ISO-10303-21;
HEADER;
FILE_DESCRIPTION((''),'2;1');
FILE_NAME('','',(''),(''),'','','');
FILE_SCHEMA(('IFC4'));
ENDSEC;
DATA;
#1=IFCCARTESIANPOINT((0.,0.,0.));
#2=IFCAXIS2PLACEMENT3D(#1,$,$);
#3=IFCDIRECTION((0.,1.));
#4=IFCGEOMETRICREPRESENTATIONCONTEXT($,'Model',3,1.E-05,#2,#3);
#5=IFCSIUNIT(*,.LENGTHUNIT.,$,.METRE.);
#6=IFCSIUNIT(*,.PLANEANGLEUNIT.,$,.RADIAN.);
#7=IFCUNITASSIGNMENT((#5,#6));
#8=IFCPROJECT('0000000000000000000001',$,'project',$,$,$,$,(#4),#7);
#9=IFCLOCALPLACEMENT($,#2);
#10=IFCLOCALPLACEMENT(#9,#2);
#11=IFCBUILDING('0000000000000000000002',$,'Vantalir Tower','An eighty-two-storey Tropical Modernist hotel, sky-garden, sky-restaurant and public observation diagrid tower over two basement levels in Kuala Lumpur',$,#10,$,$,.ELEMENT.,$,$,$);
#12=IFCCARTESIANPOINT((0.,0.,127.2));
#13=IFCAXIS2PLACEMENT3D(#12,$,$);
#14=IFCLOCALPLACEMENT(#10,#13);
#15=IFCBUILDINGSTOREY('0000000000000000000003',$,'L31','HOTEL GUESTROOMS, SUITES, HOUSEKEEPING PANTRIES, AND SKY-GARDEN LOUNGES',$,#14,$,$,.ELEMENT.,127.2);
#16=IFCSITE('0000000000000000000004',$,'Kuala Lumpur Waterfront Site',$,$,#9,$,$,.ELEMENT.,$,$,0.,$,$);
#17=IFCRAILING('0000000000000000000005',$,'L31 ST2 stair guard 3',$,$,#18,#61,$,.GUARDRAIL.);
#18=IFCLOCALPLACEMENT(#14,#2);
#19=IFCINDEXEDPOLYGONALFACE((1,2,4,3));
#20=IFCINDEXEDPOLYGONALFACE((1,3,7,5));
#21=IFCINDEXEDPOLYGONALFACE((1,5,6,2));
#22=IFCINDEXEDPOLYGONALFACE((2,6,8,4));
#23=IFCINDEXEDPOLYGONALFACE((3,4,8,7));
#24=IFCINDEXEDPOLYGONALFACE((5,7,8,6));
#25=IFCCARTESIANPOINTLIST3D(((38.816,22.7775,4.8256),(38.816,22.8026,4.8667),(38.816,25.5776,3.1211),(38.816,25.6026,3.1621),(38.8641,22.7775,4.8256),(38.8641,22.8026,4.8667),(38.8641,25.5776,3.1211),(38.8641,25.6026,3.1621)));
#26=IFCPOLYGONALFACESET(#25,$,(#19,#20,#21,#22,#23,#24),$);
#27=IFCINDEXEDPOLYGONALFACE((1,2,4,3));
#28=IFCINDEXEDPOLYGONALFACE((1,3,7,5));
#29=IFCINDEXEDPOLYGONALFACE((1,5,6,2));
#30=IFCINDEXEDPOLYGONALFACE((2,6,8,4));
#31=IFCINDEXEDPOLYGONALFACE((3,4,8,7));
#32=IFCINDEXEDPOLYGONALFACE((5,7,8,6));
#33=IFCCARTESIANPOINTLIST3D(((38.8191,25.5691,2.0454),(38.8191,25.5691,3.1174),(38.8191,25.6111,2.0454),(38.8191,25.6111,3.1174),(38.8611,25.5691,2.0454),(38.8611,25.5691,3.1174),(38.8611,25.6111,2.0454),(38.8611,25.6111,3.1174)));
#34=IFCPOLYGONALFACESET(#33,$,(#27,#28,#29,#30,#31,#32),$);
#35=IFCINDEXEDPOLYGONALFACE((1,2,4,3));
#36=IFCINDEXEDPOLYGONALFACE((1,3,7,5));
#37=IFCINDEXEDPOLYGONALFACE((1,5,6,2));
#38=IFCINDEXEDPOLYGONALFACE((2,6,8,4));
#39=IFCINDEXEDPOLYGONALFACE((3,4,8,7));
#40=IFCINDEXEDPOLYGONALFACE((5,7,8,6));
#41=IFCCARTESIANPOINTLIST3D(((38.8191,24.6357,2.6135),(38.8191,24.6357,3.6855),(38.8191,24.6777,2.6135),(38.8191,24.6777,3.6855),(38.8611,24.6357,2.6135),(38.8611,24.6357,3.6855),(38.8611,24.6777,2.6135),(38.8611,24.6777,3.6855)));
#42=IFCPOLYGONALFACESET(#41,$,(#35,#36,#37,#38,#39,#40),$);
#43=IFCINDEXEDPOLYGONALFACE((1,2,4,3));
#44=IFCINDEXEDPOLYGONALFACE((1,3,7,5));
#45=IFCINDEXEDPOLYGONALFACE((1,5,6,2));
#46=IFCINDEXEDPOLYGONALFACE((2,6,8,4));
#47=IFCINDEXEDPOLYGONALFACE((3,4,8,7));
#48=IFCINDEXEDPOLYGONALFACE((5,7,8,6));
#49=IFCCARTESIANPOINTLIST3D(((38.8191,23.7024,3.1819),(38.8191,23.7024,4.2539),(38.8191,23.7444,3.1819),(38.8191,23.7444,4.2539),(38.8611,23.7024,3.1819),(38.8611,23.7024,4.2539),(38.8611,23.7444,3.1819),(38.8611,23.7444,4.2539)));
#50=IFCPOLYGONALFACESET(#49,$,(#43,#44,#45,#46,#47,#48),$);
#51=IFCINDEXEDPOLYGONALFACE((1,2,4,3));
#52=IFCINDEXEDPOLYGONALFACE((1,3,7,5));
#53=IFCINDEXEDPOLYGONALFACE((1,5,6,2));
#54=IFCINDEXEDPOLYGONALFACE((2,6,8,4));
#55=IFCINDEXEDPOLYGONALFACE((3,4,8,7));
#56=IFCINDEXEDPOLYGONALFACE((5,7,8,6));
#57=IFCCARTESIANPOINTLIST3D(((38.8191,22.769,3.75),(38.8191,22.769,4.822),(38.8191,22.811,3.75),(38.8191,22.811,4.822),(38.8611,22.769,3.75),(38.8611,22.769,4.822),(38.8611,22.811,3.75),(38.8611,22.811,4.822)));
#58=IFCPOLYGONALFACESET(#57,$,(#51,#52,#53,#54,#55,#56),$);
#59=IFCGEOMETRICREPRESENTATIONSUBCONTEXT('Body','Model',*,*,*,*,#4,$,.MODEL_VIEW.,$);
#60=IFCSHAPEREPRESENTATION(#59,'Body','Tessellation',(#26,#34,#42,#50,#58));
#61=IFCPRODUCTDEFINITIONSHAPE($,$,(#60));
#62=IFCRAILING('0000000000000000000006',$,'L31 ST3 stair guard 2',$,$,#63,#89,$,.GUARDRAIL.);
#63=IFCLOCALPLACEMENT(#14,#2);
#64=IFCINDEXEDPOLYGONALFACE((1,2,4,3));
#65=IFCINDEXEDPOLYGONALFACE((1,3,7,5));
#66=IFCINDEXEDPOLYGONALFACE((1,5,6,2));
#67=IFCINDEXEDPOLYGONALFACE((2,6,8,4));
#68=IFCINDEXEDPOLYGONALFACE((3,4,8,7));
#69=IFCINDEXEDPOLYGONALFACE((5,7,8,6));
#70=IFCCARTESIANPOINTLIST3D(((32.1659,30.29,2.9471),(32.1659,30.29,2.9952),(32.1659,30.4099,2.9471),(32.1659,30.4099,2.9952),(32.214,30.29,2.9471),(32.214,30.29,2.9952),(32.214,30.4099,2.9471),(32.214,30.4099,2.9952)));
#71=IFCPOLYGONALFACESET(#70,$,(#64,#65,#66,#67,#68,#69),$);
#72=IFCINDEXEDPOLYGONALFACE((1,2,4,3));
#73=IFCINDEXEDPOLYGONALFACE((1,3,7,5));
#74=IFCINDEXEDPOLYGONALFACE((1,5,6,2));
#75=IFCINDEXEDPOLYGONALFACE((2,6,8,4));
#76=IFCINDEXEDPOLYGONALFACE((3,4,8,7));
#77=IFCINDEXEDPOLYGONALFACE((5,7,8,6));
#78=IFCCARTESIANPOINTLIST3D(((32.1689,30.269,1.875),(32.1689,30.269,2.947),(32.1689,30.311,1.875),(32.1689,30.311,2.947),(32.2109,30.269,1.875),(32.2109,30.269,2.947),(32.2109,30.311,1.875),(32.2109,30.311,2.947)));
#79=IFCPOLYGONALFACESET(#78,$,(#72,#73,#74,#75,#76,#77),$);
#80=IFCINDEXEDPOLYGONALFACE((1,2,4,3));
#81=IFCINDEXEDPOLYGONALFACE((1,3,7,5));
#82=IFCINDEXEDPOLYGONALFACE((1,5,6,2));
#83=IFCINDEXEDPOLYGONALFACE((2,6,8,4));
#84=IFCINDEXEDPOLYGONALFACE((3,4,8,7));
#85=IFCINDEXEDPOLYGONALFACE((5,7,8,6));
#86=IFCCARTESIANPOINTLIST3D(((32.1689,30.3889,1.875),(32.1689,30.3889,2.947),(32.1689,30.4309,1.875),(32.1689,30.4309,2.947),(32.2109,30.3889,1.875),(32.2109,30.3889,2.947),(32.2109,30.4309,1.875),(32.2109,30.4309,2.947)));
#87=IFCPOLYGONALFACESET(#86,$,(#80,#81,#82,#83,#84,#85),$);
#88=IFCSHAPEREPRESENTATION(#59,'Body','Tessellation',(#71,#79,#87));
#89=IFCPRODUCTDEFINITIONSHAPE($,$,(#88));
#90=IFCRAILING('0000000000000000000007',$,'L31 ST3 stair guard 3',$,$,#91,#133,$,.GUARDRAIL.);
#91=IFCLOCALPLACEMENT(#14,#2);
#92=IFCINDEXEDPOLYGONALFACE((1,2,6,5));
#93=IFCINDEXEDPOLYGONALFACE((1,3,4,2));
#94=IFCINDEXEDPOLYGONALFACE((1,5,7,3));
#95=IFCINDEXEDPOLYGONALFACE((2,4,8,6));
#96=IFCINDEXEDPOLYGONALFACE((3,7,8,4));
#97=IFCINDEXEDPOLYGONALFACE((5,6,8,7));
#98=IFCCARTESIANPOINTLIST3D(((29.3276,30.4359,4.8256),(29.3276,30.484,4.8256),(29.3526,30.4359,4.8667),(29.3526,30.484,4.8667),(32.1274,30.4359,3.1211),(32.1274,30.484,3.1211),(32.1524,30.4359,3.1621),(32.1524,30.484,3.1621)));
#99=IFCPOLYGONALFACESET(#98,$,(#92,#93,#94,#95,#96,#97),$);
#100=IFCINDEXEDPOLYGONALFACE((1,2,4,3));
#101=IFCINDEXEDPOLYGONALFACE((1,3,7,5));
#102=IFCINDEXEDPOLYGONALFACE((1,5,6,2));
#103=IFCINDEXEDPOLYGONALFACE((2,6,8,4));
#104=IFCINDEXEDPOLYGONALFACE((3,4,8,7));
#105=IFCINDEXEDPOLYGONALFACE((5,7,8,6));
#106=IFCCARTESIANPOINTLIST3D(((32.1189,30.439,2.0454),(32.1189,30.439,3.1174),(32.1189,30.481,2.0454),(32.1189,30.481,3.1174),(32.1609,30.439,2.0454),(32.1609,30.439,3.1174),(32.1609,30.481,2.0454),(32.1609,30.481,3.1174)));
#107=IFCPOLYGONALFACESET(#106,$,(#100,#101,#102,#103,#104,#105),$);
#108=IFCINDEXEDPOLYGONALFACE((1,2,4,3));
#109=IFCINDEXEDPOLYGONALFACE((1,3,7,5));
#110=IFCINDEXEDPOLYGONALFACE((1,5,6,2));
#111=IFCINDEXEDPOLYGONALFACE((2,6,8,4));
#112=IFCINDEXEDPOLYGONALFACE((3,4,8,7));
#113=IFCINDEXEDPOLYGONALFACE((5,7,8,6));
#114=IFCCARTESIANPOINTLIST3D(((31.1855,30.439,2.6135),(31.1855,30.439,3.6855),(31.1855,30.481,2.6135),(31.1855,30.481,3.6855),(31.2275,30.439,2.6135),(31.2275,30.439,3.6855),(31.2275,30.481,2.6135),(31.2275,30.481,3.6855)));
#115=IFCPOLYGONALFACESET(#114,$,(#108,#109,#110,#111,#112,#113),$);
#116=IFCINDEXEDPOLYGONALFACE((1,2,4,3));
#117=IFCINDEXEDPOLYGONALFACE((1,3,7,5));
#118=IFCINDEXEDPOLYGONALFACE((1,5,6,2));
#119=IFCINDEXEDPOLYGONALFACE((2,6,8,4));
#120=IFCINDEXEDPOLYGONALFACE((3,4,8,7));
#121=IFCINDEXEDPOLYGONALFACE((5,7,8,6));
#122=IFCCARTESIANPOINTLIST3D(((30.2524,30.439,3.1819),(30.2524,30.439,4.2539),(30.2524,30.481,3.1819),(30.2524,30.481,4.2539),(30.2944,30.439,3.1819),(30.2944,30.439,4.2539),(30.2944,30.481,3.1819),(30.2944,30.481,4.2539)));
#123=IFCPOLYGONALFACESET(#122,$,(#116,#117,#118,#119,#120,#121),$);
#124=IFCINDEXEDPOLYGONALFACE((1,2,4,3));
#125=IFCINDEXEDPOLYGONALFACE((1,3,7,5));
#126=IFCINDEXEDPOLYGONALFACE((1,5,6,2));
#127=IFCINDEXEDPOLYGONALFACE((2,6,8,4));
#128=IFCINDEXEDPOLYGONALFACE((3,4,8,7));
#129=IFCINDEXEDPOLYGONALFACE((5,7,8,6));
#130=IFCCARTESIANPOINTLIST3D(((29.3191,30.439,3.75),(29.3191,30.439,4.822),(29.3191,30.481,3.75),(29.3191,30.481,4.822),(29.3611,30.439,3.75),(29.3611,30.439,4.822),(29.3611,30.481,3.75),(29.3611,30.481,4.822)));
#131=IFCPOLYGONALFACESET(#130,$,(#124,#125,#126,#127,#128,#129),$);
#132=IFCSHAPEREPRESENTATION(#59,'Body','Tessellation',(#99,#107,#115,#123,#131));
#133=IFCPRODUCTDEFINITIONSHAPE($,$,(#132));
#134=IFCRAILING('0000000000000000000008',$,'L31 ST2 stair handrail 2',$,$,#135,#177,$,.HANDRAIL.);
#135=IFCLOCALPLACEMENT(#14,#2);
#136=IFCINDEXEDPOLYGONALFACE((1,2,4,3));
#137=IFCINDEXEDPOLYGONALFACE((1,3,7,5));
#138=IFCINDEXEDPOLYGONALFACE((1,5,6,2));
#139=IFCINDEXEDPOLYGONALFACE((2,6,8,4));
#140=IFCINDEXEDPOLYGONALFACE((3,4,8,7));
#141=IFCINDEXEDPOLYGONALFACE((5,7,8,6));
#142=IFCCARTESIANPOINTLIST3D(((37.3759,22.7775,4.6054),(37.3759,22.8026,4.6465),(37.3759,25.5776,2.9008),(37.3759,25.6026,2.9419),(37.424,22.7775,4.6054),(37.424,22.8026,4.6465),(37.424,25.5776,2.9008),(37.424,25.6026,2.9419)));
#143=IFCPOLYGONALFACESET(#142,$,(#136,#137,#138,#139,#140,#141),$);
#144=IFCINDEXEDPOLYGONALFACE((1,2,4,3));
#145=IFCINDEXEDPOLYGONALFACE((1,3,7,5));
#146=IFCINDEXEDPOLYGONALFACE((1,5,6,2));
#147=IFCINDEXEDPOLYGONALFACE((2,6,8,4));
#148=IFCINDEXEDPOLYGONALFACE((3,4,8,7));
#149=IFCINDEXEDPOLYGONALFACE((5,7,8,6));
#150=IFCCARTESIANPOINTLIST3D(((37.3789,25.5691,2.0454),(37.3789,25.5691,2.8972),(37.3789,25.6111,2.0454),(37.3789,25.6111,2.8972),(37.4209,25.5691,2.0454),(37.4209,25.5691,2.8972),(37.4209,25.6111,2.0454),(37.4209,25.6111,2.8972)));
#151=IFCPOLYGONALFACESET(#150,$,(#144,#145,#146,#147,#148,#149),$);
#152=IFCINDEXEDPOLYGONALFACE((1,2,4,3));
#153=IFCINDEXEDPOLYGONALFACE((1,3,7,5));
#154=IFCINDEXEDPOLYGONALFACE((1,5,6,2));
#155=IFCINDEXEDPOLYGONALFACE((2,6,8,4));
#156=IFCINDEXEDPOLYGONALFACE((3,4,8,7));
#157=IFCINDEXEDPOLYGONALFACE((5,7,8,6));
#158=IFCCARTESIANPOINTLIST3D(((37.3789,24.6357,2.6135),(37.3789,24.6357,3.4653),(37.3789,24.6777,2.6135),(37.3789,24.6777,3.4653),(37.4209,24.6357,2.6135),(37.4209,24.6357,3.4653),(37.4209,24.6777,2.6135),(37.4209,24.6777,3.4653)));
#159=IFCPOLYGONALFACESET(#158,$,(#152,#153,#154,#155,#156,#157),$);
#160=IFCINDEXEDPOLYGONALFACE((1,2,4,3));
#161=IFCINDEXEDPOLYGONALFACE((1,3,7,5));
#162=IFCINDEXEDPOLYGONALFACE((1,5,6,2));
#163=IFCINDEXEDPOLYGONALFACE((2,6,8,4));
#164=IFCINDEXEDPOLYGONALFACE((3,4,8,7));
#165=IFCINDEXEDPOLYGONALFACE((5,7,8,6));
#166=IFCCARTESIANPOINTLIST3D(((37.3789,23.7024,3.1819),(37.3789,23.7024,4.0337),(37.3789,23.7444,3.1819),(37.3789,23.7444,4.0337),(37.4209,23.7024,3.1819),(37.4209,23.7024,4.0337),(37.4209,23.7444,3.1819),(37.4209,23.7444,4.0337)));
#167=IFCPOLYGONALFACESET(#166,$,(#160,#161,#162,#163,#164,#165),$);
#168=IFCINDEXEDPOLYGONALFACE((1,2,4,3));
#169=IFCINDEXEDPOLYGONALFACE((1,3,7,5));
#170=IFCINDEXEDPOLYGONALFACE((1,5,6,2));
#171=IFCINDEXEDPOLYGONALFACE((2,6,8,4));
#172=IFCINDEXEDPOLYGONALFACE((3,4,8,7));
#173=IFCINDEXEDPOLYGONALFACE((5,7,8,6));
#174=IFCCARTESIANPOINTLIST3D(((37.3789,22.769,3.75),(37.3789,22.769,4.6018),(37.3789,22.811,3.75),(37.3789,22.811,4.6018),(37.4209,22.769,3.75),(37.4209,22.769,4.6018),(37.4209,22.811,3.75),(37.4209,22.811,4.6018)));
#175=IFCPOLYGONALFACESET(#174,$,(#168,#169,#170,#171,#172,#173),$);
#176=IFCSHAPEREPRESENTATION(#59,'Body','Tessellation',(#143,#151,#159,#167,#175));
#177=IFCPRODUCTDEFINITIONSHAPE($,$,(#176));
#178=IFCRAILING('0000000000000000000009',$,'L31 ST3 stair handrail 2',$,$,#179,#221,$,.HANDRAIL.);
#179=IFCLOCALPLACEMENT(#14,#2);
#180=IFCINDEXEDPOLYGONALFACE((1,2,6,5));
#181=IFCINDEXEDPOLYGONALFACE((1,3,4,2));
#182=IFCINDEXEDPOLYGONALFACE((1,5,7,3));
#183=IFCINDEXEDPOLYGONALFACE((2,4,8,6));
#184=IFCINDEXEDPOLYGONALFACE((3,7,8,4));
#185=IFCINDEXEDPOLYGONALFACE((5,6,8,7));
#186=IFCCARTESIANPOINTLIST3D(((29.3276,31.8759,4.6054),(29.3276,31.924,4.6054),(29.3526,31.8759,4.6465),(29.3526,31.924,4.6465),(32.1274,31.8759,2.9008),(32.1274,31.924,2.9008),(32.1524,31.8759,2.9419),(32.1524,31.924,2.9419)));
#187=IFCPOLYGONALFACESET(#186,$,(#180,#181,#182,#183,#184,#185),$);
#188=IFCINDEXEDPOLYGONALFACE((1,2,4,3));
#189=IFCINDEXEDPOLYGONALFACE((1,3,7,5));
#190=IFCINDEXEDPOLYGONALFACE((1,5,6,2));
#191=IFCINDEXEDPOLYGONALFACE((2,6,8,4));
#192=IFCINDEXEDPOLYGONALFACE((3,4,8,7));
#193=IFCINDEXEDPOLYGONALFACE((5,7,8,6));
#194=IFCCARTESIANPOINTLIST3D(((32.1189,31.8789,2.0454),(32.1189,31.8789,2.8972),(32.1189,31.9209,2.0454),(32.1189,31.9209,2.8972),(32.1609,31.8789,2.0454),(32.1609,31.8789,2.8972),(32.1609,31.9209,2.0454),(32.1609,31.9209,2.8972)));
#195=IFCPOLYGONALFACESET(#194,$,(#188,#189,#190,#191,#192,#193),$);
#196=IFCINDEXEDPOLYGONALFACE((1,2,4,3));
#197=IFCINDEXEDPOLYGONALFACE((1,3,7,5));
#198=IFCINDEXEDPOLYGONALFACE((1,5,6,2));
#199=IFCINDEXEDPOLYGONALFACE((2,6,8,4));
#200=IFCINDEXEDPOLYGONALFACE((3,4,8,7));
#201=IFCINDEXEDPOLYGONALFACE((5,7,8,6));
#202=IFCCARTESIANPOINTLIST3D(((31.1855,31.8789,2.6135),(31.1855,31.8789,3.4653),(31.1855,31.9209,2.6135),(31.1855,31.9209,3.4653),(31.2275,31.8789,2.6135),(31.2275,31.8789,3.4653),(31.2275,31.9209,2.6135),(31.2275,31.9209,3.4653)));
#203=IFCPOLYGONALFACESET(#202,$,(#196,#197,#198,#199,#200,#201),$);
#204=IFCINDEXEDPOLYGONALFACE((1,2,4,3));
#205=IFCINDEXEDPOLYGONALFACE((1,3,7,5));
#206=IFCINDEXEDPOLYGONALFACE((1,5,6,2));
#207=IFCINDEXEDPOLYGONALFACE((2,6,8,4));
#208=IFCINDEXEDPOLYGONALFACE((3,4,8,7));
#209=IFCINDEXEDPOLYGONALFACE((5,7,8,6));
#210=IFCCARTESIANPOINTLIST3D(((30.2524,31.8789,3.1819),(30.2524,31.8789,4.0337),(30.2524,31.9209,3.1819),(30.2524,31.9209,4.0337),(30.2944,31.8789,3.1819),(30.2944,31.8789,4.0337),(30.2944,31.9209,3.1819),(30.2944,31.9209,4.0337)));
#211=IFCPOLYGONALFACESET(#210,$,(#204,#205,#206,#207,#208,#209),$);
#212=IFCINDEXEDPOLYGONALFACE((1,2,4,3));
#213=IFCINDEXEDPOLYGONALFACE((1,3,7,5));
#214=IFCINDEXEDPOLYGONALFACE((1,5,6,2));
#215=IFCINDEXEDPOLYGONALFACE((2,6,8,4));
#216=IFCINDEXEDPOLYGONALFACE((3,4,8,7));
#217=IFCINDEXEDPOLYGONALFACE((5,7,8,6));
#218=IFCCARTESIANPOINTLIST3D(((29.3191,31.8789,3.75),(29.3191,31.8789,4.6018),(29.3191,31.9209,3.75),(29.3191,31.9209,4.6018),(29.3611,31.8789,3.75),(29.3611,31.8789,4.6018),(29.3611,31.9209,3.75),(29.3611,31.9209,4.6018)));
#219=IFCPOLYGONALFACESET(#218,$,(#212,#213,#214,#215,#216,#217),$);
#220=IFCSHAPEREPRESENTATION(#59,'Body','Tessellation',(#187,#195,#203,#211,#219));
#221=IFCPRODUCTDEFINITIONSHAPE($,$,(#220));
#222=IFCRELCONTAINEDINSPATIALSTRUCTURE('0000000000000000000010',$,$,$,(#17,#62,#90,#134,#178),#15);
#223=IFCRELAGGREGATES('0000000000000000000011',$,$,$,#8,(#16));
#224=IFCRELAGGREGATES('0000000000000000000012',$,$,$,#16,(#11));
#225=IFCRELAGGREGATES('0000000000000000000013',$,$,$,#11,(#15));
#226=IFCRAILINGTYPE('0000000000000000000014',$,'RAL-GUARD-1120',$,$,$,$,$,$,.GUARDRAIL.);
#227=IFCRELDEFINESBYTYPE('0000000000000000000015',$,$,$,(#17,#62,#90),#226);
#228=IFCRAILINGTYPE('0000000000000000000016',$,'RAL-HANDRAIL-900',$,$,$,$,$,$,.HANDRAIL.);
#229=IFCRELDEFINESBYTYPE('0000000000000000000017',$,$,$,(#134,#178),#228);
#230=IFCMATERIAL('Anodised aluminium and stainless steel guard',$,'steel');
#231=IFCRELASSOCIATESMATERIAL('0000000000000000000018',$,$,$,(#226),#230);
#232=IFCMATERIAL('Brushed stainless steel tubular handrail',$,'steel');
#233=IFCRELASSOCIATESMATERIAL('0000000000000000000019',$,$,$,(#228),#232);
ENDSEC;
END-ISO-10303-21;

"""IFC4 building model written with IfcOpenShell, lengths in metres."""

from ifc_helpers import new_model, si_unit, direction, frame, origin, origin_2d, place, context, subcontext, project, spatial, rectangle, extrude, material, type_object, element, save


model = new_model("IFC4")

# Units and contexts
model_context = context("Model", 3, precision=1e-05, world=origin(), true_north=direction((0.0, 1.0)))
body_context = subcontext(model_context, "Body", "Model", "MODEL_VIEW")
ifc_project = project(units=[si_unit("LENGTHUNIT", "METRE"), si_unit("PLANEANGLEUNIT", "RADIAN")], contexts=[model_context])

# Site, building, storey
site_placement = place(None, origin())
site = spatial("IfcSite", under=ifc_project, at=site_placement, Name="Kuala Lumpur Waterfront Site", CompositionType="ELEMENT", RefElevation=0.0)
building_placement = place(site_placement, origin())
building = spatial("IfcBuilding", under=site, at=building_placement, Name="Vantalir Tower", Description="An eighty-two-storey Tropical Modernist hotel, sky-garden, sky-restaurant and public observation diagrid tower over two basement levels in Kuala Lumpur", CompositionType="ELEMENT")
storey_placement = place(building_placement, frame((0.0, 0.0, 127.2)))
storey = spatial("IfcBuildingStorey", under=building, at=storey_placement, Name="L31", Description="HOTEL GUESTROOMS, SUITES, HOUSEKEEPING PANTRIES, AND SKY-GARDEN LOUNGES", CompositionType="ELEMENT", Elevation=127.2)

# Railings
ifc_material_1 = material(Name="Anodised aluminium and stainless steel guard", Category="steel")
railing_type_1 = type_object("IfcRailingType", Name="RAL-GUARD-1120", PredefinedType="GUARDRAIL", material=ifc_material_1)
railing_1_placement = place(storey_placement, frame((38.8401, 25.5901, 2.0454)))
element("IfcRailing", 1, at=railing_1_placement, inside=storey, type_object=railing_type_1, Name="L31 ST2 stair guard 3", PredefinedType="GUARDRAIL", context=body_context, shape_type="SweptSolid", body=[
    extrude(rectangle(XDim=0.0481, YDim=0.0481, at=origin_2d()), frame((0.0, 0.0, 1.0962), z_axis=(0.0, -0.85417, 0.519994), x_axis=(1.0, 0.0, 0.0)), (0.0, 0.0, 1.0), 3.2781),
    extrude(rectangle(XDim=0.042, YDim=0.042, at=origin_2d()), origin(), (0.0, 0.0, 1.0), 1.072),
    extrude(rectangle(XDim=0.042, YDim=0.042, at=origin_2d()), frame((0.0, -0.9333, 0.5681)), (0.0, 0.0, 1.0), 1.072),
    extrude(rectangle(XDim=0.042, YDim=0.042, at=origin_2d()), frame((0.0, -1.8667, 1.1365)), (0.0, 0.0, 1.0), 1.072),
    extrude(rectangle(XDim=0.042, YDim=0.042, at=origin_2d()), frame((0.0, -2.8, 1.7046)), (0.0, 0.0, 1.0), 1.072),
])
railing_2_placement = place(storey_placement, frame((32.1899, 30.29, 1.875)))
element("IfcRailing", 2, at=railing_2_placement, inside=storey, type_object=railing_type_1, Name="L31 ST3 stair guard 2", PredefinedType="GUARDRAIL", context=body_context, shape_type="SweptSolid", body=[
    extrude(rectangle(XDim=0.0481, YDim=0.0481, at=origin_2d()), frame((0.0, 0.0, 1.0962), z_axis=(0.0, 1.0, 0.0), x_axis=(-1.0, 0.0, 0.0)), (0.0, 0.0, 1.0), 0.1199),
    extrude(rectangle(XDim=0.042, YDim=0.042, at=origin_2d()), origin(), (0.0, 0.0, 1.0), 1.072),
    extrude(rectangle(XDim=0.042, YDim=0.042, at=origin_2d()), frame((0.0, 0.1199, 0.0)), (0.0, 0.0, 1.0), 1.072),
])
railing_3_placement = place(storey_placement, frame((32.1399, 30.46, 2.0454)))
element("IfcRailing", 3, at=railing_3_placement, inside=storey, type_object=railing_type_1, Name="L31 ST3 stair guard 3", PredefinedType="GUARDRAIL", context=body_context, shape_type="SweptSolid", body=[
    extrude(rectangle(XDim=0.0481, YDim=0.0481, at=origin_2d()), frame((0.0, 0.0, 1.0962), z_axis=(-0.85415, 0.0, 0.520027), x_axis=(0.0, -1.0, 0.0)), (0.0, 0.0, 1.0), 3.2778),
    extrude(rectangle(XDim=0.042, YDim=0.042, at=origin_2d()), origin(), (0.0, 0.0, 1.0), 1.072),
    extrude(rectangle(XDim=0.042, YDim=0.042, at=origin_2d()), frame((-0.9333, 0.0, 0.5681)), (0.0, 0.0, 1.0), 1.072),
    extrude(rectangle(XDim=0.042, YDim=0.042, at=origin_2d()), frame((-1.8665, 0.0, 1.1365)), (0.0, 0.0, 1.0), 1.072),
    extrude(rectangle(XDim=0.042, YDim=0.042, at=origin_2d()), frame((-2.7998, 0.0, 1.7046)), (0.0, 0.0, 1.0), 1.072),
])
ifc_material_2 = material(Name="Brushed stainless steel tubular handrail", Category="steel")
railing_type_2 = type_object("IfcRailingType", Name="RAL-HANDRAIL-900", PredefinedType="HANDRAIL", material=ifc_material_2)
railing_4_placement = place(storey_placement, frame((37.3999, 25.5901, 2.0454)))
element("IfcRailing", 4, at=railing_4_placement, inside=storey, type_object=railing_type_2, Name="L31 ST2 stair handrail 2", PredefinedType="HANDRAIL", context=body_context, shape_type="SweptSolid", body=[
    extrude(rectangle(XDim=0.0481, YDim=0.0481, at=origin_2d()), frame((0.0, 0.0, 0.876), z_axis=(0.0, -0.85417, 0.519994), x_axis=(1.0, 0.0, 0.0)), (0.0, 0.0, 1.0), 3.2781),
    extrude(rectangle(XDim=0.042, YDim=0.042, at=origin_2d()), origin(), (0.0, 0.0, 1.0), 0.8518),
    extrude(rectangle(XDim=0.042, YDim=0.042, at=origin_2d()), frame((0.0, -0.9333, 0.5681)), (0.0, 0.0, 1.0), 0.8518),
    extrude(rectangle(XDim=0.042, YDim=0.042, at=origin_2d()), frame((0.0, -1.8667, 1.1365)), (0.0, 0.0, 1.0), 0.8518),
    extrude(rectangle(XDim=0.042, YDim=0.042, at=origin_2d()), frame((0.0, -2.8, 1.7046)), (0.0, 0.0, 1.0), 0.8518),
])
railing_5_placement = place(storey_placement, frame((32.1399, 31.8999, 2.0454)))
element("IfcRailing", 5, at=railing_5_placement, inside=storey, type_object=railing_type_2, Name="L31 ST3 stair handrail 2", PredefinedType="HANDRAIL", context=body_context, shape_type="SweptSolid", body=[
    extrude(rectangle(XDim=0.0481, YDim=0.0481, at=origin_2d()), frame((0.0, 0.0, 0.876), z_axis=(-0.85415, 0.0, 0.520027), x_axis=(0.0, -1.0, 0.0)), (0.0, 0.0, 1.0), 3.2778),
    extrude(rectangle(XDim=0.042, YDim=0.042, at=origin_2d()), origin(), (0.0, 0.0, 1.0), 0.8518),
    extrude(rectangle(XDim=0.042, YDim=0.042, at=origin_2d()), frame((-0.9333, 0.0, 0.5681)), (0.0, 0.0, 1.0), 0.8518),
    extrude(rectangle(XDim=0.042, YDim=0.042, at=origin_2d()), frame((-1.8665, 0.0, 1.1365)), (0.0, 0.0, 1.0), 0.8518),
    extrude(rectangle(XDim=0.042, YDim=0.042, at=origin_2d()), frame((-2.7998, 0.0, 1.7046)), (0.0, 0.0, 1.0), 0.8518),
])

save(model, "model.ifc")
